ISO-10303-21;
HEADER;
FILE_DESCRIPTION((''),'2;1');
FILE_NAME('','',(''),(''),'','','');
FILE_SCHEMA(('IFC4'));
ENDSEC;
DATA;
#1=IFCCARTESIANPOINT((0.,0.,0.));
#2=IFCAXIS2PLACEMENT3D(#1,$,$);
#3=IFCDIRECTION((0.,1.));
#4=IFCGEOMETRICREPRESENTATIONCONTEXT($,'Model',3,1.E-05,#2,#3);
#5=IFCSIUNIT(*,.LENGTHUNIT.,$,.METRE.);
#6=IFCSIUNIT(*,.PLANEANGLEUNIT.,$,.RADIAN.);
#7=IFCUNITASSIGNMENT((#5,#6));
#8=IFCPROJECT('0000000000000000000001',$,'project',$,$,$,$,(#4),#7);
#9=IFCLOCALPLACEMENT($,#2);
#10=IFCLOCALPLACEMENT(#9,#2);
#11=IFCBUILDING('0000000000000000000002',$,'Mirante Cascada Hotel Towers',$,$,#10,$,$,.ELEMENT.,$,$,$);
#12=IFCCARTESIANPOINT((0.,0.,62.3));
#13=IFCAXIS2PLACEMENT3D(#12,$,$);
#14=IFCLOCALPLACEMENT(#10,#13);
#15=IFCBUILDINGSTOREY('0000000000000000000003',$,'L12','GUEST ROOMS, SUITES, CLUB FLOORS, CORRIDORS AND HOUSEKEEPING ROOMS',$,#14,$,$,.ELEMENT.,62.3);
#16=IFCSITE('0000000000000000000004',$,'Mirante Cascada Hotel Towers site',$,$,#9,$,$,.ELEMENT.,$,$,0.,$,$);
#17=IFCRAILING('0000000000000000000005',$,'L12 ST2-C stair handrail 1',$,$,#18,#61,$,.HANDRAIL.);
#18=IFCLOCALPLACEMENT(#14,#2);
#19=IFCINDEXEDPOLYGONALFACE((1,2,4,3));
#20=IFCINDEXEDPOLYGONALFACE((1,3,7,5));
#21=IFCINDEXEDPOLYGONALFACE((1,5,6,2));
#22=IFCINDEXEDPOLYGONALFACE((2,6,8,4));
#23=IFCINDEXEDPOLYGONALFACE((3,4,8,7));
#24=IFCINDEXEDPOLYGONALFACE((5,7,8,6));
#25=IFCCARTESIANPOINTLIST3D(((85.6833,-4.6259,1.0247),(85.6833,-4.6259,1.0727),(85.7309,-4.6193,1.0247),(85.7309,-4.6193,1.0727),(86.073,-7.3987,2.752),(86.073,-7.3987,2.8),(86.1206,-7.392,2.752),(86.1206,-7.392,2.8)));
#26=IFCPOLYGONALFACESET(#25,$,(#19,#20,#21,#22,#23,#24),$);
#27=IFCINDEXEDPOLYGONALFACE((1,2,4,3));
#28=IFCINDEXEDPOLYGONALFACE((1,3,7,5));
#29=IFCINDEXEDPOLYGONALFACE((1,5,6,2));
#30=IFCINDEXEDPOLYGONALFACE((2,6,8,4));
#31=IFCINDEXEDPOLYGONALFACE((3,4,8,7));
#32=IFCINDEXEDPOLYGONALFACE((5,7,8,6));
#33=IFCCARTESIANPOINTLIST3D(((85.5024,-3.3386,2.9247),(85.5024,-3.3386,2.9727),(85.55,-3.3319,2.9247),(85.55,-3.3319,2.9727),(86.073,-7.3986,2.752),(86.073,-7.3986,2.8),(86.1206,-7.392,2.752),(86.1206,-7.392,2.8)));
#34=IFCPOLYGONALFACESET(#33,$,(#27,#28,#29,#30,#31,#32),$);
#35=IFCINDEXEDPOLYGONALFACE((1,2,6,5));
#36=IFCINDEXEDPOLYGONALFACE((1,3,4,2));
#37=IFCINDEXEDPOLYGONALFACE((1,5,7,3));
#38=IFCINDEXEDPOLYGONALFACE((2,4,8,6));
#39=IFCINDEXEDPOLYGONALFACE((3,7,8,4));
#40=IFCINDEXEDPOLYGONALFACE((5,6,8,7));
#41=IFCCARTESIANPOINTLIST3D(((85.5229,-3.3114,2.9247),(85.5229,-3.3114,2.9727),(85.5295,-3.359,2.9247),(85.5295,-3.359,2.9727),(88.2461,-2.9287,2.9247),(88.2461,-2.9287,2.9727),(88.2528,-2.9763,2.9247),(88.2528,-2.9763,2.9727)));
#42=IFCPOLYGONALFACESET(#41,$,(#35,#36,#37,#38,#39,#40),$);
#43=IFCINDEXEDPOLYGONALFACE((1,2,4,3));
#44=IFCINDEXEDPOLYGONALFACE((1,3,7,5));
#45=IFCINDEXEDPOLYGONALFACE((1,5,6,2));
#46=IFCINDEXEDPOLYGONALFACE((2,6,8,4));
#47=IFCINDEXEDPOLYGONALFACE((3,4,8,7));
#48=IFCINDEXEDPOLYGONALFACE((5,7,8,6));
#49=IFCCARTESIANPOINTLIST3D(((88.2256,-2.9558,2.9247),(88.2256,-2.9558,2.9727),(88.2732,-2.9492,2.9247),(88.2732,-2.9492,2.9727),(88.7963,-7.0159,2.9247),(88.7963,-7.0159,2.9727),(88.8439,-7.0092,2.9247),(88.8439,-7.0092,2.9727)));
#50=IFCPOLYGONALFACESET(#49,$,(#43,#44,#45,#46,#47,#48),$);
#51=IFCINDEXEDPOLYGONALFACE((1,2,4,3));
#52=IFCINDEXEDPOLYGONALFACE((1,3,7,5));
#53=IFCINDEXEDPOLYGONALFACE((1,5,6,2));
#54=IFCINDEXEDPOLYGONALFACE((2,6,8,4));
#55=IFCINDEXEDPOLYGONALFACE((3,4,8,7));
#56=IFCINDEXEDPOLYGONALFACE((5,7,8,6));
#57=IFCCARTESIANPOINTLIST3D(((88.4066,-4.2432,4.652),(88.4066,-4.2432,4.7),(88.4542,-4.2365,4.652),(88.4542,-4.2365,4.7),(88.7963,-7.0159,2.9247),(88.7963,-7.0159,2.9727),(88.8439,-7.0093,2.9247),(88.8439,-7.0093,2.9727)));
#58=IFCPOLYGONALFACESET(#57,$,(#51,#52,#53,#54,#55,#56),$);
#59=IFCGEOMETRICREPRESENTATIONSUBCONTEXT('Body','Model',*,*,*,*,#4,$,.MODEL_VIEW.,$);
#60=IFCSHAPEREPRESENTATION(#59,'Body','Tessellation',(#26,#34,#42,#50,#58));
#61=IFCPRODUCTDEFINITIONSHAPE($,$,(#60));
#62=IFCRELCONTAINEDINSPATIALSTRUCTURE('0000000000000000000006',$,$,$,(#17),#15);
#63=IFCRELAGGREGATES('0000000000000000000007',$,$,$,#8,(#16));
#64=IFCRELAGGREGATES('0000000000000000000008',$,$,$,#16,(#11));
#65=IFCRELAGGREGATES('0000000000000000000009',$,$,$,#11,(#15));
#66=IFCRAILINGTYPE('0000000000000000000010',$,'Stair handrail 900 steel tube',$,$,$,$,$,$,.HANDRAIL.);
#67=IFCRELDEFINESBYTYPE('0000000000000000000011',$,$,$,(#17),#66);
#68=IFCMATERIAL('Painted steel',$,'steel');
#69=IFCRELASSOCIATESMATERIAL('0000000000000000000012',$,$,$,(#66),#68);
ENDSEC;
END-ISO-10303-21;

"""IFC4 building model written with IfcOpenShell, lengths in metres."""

from ifc_helpers import new_model, si_unit, direction, frame, origin, origin_2d, place, context, subcontext, project, spatial, rectangle, extrude, material, type_object, element, save


model = new_model("IFC4")

# Units and contexts
model_context = context("Model", 3, precision=1e-05, world=origin(), true_north=direction((0.0, 1.0)))
body_context = subcontext(model_context, "Body", "Model", "MODEL_VIEW")
ifc_project = project(units=[si_unit("LENGTHUNIT", "METRE"), si_unit("PLANEANGLEUNIT", "RADIAN")], contexts=[model_context])

# Site, building, storey
site_placement = place(None, origin())
site = spatial("IfcSite", under=ifc_project, at=site_placement, Name="Mirante Cascada Hotel Towers site", CompositionType="ELEMENT", RefElevation=0.0)
building_placement = place(site_placement, origin())
building = spatial("IfcBuilding", under=site, at=building_placement, Name="Mirante Cascada Hotel Towers", CompositionType="ELEMENT")
storey_placement = place(building_placement, frame((0.0, 0.0, 62.3)))
storey = spatial("IfcBuildingStorey", under=building, at=storey_placement, Name="L12", Description="GUEST ROOMS, SUITES, CLUB FLOORS, CORRIDORS AND HOUSEKEEPING ROOMS", CompositionType="ELEMENT", Elevation=62.3)

# Railing
ifc_material_1 = material(Name="Painted steel", Category="steel")
railing_type_1 = type_object("IfcRailingType", Name="Stair handrail 900 steel tube", PredefinedType="HANDRAIL", material=ifc_material_1)
railing_1_placement = place(storey_placement, frame((85.7071, -4.6226, 0.1727)))
element("IfcRailing", 1, at=railing_1_placement, inside=storey, type_object=railing_type_1, Name="L12 ST2-C stair handrail 1", PredefinedType="HANDRAIL", context=body_context, shape_type="SweptSolid", body=[
    extrude(rectangle(XDim=0.048, YDim=0.048, at=origin_2d()), frame((0.0, 0.0, 0.876), z_axis=(0.139181, -0.990267, 0.0), x_axis=(0.990267, 0.139181, 0.0)), (0.0, 0.525035, 0.851081), 3.2899),
    extrude(rectangle(XDim=0.048, YDim=0.048, at=origin_2d()), frame((0.3897, -2.7727, 2.6033), z_axis=(-0.139171, 0.990268, 0.0), x_axis=(-0.990268, -0.139171, 0.0)), (0.0, 0.042085, 0.999114), 4.1036),
    extrude(rectangle(XDim=0.048, YDim=0.048, at=origin_2d()), frame((-0.1809, 1.2874, 2.776), z_axis=(0.990269, 0.139166, 0.0), x_axis=(-0.139166, 0.990269, 0.0)), (0.0, 0.0, 1.0), 2.75),
    extrude(rectangle(XDim=0.048, YDim=0.048, at=origin_2d()), frame((2.5423, 1.6701, 2.776), z_axis=(0.139195, -0.990265, 0.0), x_axis=(0.990265, 0.139195, 0.0)), (0.0, 0.0, 1.0), 4.1),
    extrude(rectangle(XDim=0.048, YDim=0.048, at=origin_2d()), frame((3.113, -2.39, 2.776), z_axis=(-0.139181, 0.990267, 0.0), x_axis=(-0.990267, -0.139181, 0.0)), (0.0, 0.525035, 0.851081), 3.2899),
])

save(model, "model.ifc")
